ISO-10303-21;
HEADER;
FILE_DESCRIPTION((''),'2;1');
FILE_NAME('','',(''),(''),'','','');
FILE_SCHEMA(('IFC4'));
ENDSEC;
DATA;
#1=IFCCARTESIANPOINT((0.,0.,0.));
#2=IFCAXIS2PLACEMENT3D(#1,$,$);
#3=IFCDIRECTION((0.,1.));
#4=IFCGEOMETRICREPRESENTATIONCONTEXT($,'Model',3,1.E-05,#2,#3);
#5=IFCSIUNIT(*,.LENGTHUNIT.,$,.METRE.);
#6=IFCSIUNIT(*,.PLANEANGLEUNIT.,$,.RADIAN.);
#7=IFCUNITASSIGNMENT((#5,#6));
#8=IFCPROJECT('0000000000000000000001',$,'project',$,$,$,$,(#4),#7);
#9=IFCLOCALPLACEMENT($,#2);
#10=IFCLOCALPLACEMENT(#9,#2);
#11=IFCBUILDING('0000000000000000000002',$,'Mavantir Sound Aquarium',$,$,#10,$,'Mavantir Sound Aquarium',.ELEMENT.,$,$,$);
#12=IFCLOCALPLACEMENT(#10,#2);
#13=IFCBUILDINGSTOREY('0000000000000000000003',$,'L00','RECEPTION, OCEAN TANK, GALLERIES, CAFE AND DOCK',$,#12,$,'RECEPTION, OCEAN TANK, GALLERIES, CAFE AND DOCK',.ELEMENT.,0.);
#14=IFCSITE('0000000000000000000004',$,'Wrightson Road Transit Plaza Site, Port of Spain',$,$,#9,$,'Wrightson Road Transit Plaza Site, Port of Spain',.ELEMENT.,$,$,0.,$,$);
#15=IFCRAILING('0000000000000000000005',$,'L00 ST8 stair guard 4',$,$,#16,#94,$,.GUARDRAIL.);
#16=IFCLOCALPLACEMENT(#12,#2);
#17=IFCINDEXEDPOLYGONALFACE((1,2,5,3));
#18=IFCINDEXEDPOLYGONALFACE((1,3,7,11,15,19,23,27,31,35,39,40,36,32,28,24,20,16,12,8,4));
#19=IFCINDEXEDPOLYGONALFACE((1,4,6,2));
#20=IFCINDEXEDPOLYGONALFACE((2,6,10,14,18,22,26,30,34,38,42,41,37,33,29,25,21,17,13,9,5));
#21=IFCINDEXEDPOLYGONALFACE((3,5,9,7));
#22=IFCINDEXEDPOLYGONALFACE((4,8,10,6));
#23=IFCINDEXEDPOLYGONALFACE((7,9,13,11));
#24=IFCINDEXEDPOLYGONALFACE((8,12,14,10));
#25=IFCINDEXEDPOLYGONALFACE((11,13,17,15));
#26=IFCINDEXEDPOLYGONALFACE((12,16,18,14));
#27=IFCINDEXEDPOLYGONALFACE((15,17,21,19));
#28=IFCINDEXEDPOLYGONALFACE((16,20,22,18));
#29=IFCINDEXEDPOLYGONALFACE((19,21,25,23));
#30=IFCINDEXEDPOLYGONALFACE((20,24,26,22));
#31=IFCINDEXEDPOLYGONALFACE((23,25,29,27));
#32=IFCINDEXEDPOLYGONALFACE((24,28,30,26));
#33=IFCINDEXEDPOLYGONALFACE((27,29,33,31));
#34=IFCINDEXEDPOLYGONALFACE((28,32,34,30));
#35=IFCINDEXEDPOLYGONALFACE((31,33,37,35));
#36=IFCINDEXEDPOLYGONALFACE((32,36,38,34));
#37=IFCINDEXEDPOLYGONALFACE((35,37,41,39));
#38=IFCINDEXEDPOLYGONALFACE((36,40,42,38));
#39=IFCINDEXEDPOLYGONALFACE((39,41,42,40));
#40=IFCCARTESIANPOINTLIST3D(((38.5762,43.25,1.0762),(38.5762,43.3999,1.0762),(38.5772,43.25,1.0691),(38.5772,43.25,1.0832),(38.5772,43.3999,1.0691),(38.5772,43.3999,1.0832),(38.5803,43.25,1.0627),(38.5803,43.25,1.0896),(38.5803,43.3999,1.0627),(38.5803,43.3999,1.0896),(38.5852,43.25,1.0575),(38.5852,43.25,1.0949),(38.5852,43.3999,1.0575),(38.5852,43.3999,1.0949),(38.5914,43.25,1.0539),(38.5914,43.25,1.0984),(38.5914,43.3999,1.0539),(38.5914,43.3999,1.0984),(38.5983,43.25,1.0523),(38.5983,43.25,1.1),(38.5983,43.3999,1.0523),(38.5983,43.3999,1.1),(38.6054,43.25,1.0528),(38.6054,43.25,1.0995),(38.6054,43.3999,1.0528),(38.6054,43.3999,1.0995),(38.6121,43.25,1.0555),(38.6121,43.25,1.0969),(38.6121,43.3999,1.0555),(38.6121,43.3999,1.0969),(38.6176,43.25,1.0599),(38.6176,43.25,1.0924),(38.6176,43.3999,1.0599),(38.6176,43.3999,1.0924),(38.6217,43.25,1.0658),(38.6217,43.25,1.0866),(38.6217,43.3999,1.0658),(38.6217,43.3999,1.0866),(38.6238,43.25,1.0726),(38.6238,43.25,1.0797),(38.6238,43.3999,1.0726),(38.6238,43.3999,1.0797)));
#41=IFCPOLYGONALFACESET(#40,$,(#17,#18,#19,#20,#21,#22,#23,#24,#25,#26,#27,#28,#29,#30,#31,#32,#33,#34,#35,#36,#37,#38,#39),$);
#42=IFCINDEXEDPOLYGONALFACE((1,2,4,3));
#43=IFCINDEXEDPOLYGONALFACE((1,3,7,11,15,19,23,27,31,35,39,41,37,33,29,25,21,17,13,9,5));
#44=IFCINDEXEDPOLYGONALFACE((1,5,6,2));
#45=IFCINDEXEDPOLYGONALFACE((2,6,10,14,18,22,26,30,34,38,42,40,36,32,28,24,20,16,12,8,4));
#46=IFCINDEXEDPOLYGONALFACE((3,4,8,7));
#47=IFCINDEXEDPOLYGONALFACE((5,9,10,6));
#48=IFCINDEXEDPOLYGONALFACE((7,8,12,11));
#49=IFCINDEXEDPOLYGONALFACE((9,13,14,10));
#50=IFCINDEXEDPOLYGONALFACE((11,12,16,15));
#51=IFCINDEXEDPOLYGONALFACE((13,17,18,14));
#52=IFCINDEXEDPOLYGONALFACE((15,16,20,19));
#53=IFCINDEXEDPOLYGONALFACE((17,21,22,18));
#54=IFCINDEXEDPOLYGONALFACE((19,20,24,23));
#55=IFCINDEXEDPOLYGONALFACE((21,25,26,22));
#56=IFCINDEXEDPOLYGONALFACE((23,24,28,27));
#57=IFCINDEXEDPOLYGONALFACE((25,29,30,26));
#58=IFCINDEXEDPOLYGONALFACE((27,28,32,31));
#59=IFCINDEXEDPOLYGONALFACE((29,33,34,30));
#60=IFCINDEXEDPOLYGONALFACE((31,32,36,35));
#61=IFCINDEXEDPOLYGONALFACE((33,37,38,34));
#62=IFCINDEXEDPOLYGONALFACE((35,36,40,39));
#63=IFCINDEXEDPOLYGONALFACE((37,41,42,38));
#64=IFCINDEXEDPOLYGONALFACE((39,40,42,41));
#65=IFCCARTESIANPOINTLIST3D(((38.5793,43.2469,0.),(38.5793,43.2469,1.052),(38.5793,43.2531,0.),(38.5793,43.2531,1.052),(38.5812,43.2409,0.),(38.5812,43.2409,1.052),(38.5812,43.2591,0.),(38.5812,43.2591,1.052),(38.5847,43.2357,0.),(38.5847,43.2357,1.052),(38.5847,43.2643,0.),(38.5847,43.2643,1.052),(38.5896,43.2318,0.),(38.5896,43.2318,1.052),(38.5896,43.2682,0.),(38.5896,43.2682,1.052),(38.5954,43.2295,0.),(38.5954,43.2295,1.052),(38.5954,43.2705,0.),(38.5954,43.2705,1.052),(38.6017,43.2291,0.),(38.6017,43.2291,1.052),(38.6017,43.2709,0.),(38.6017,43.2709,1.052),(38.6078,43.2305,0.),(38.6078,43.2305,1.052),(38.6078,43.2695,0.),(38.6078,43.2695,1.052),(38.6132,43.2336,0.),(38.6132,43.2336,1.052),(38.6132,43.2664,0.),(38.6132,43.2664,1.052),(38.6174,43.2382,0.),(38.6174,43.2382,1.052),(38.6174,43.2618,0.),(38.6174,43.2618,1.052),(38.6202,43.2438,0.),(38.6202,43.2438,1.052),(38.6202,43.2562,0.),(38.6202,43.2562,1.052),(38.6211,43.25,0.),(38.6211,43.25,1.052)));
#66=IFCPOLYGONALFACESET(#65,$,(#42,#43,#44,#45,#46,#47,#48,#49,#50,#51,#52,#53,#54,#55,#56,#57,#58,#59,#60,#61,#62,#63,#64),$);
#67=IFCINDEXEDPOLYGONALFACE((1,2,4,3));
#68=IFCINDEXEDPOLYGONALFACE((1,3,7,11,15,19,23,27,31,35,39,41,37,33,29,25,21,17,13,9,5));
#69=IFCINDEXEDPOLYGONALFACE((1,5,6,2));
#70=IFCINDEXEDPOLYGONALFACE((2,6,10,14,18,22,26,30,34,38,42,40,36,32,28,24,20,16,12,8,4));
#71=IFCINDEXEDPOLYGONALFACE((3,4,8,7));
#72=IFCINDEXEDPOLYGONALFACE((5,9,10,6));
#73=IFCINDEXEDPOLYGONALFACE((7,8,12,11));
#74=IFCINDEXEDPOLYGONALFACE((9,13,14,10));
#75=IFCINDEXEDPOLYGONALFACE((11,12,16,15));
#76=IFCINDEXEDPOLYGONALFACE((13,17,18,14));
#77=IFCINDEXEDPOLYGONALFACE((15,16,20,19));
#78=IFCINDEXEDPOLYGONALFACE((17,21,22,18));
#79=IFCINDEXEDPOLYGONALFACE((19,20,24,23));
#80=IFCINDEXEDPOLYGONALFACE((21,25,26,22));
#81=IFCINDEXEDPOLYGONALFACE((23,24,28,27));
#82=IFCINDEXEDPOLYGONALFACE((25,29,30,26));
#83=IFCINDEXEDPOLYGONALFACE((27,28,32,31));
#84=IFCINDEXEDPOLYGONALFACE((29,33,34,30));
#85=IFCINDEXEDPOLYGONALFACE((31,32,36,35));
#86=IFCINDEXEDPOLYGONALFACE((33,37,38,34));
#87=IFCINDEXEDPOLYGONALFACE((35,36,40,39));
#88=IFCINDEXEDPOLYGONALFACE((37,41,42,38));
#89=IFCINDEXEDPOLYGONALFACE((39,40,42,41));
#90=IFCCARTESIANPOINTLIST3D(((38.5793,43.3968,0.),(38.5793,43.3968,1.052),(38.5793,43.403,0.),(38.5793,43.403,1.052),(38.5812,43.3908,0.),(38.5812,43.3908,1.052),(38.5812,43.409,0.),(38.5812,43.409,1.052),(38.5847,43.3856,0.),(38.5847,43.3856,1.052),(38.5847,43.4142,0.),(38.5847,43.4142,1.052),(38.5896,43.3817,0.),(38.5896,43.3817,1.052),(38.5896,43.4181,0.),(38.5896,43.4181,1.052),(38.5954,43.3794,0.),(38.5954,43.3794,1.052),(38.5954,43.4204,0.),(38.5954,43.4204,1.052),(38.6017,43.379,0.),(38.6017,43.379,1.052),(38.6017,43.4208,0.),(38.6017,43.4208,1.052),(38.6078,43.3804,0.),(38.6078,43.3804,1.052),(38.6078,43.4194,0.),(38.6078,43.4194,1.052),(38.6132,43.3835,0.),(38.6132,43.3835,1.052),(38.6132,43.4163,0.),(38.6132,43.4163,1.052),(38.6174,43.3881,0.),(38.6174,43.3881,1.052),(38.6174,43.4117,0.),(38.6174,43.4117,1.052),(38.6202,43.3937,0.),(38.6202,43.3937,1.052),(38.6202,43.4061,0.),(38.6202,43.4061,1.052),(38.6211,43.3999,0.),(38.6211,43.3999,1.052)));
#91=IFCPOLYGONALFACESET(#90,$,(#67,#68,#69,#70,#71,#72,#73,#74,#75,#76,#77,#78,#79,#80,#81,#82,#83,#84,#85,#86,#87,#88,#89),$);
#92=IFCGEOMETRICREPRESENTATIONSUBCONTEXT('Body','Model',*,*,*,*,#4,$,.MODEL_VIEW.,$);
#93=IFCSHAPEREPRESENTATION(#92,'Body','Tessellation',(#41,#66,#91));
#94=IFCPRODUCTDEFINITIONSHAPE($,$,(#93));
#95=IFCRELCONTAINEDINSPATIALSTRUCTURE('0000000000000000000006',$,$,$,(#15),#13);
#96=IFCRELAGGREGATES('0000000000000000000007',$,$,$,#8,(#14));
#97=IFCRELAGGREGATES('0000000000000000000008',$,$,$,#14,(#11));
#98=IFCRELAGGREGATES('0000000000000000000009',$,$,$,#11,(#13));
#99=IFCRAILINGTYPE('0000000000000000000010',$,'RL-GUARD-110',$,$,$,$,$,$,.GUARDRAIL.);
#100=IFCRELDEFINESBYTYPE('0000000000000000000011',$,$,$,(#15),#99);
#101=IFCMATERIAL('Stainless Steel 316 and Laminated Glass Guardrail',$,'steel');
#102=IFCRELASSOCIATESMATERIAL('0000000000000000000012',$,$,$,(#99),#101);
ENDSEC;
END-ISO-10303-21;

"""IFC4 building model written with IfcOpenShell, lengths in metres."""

from ifc_helpers import new_model, si_unit, direction, frame, origin, origin_2d, place, context, subcontext, project, spatial, circle, extrude, material, type_object, element, save


model = new_model("IFC4")

# Units and contexts
model_context = context("Model", 3, precision=1e-05, world=origin(), true_north=direction((0.0, 1.0)))
body_context = subcontext(model_context, "Body", "Model", "MODEL_VIEW")
ifc_project = project(units=[si_unit("LENGTHUNIT", "METRE"), si_unit("PLANEANGLEUNIT", "RADIAN")], contexts=[model_context])

# Site, building, storey
site_placement = place(None, origin())
site = spatial("IfcSite", under=ifc_project, at=site_placement, Name="Wrightson Road Transit Plaza Site, Port of Spain", LongName="Wrightson Road Transit Plaza Site, Port of Spain", CompositionType="ELEMENT", RefElevation=0.0)
building_placement = place(site_placement, origin())
building = spatial("IfcBuilding", under=site, at=building_placement, Name="Mavantir Sound Aquarium", LongName="Mavantir Sound Aquarium", CompositionType="ELEMENT")
storey_placement = place(building_placement, origin())
storey = spatial("IfcBuildingStorey", under=building, at=storey_placement, Name="L00", Description="RECEPTION, OCEAN TANK, GALLERIES, CAFE AND DOCK", LongName="RECEPTION, OCEAN TANK, GALLERIES, CAFE AND DOCK", CompositionType="ELEMENT", Elevation=0.0)

# Railing
ifc_material_1 = material(Name="Stainless Steel 316 and Laminated Glass Guardrail", Category="steel")
railing_type_1 = type_object("IfcRailingType", Name="RL-GUARD-110", PredefinedType="GUARDRAIL", material=ifc_material_1)
railing_1_placement = place(storey_placement, frame((38.6001, 43.25, 0.0)))
element("IfcRailing", 1, at=railing_1_placement, inside=storey, type_object=railing_type_1, Name="L00 ST8 stair guard 4", PredefinedType="GUARDRAIL", context=body_context, shape_type="SweptSolid", body=[
    extrude(circle(Radius=0.0239, at=origin_2d()), frame((0.0, 0.0, 1.0762), z_axis=(0.0, 1.0, 0.0), x_axis=(-1.0, 0.0, 0.0)), (0.0, 0.0, 1.0), 0.1499),
    extrude(circle(Radius=0.021, at=origin_2d()), origin(), (0.0, 0.0, 1.0), 1.052),
    extrude(circle(Radius=0.021, at=origin_2d()), frame((0.0, 0.1499, 0.0)), (0.0, 0.0, 1.0), 1.052),
])

save(model, "model.ifc")
